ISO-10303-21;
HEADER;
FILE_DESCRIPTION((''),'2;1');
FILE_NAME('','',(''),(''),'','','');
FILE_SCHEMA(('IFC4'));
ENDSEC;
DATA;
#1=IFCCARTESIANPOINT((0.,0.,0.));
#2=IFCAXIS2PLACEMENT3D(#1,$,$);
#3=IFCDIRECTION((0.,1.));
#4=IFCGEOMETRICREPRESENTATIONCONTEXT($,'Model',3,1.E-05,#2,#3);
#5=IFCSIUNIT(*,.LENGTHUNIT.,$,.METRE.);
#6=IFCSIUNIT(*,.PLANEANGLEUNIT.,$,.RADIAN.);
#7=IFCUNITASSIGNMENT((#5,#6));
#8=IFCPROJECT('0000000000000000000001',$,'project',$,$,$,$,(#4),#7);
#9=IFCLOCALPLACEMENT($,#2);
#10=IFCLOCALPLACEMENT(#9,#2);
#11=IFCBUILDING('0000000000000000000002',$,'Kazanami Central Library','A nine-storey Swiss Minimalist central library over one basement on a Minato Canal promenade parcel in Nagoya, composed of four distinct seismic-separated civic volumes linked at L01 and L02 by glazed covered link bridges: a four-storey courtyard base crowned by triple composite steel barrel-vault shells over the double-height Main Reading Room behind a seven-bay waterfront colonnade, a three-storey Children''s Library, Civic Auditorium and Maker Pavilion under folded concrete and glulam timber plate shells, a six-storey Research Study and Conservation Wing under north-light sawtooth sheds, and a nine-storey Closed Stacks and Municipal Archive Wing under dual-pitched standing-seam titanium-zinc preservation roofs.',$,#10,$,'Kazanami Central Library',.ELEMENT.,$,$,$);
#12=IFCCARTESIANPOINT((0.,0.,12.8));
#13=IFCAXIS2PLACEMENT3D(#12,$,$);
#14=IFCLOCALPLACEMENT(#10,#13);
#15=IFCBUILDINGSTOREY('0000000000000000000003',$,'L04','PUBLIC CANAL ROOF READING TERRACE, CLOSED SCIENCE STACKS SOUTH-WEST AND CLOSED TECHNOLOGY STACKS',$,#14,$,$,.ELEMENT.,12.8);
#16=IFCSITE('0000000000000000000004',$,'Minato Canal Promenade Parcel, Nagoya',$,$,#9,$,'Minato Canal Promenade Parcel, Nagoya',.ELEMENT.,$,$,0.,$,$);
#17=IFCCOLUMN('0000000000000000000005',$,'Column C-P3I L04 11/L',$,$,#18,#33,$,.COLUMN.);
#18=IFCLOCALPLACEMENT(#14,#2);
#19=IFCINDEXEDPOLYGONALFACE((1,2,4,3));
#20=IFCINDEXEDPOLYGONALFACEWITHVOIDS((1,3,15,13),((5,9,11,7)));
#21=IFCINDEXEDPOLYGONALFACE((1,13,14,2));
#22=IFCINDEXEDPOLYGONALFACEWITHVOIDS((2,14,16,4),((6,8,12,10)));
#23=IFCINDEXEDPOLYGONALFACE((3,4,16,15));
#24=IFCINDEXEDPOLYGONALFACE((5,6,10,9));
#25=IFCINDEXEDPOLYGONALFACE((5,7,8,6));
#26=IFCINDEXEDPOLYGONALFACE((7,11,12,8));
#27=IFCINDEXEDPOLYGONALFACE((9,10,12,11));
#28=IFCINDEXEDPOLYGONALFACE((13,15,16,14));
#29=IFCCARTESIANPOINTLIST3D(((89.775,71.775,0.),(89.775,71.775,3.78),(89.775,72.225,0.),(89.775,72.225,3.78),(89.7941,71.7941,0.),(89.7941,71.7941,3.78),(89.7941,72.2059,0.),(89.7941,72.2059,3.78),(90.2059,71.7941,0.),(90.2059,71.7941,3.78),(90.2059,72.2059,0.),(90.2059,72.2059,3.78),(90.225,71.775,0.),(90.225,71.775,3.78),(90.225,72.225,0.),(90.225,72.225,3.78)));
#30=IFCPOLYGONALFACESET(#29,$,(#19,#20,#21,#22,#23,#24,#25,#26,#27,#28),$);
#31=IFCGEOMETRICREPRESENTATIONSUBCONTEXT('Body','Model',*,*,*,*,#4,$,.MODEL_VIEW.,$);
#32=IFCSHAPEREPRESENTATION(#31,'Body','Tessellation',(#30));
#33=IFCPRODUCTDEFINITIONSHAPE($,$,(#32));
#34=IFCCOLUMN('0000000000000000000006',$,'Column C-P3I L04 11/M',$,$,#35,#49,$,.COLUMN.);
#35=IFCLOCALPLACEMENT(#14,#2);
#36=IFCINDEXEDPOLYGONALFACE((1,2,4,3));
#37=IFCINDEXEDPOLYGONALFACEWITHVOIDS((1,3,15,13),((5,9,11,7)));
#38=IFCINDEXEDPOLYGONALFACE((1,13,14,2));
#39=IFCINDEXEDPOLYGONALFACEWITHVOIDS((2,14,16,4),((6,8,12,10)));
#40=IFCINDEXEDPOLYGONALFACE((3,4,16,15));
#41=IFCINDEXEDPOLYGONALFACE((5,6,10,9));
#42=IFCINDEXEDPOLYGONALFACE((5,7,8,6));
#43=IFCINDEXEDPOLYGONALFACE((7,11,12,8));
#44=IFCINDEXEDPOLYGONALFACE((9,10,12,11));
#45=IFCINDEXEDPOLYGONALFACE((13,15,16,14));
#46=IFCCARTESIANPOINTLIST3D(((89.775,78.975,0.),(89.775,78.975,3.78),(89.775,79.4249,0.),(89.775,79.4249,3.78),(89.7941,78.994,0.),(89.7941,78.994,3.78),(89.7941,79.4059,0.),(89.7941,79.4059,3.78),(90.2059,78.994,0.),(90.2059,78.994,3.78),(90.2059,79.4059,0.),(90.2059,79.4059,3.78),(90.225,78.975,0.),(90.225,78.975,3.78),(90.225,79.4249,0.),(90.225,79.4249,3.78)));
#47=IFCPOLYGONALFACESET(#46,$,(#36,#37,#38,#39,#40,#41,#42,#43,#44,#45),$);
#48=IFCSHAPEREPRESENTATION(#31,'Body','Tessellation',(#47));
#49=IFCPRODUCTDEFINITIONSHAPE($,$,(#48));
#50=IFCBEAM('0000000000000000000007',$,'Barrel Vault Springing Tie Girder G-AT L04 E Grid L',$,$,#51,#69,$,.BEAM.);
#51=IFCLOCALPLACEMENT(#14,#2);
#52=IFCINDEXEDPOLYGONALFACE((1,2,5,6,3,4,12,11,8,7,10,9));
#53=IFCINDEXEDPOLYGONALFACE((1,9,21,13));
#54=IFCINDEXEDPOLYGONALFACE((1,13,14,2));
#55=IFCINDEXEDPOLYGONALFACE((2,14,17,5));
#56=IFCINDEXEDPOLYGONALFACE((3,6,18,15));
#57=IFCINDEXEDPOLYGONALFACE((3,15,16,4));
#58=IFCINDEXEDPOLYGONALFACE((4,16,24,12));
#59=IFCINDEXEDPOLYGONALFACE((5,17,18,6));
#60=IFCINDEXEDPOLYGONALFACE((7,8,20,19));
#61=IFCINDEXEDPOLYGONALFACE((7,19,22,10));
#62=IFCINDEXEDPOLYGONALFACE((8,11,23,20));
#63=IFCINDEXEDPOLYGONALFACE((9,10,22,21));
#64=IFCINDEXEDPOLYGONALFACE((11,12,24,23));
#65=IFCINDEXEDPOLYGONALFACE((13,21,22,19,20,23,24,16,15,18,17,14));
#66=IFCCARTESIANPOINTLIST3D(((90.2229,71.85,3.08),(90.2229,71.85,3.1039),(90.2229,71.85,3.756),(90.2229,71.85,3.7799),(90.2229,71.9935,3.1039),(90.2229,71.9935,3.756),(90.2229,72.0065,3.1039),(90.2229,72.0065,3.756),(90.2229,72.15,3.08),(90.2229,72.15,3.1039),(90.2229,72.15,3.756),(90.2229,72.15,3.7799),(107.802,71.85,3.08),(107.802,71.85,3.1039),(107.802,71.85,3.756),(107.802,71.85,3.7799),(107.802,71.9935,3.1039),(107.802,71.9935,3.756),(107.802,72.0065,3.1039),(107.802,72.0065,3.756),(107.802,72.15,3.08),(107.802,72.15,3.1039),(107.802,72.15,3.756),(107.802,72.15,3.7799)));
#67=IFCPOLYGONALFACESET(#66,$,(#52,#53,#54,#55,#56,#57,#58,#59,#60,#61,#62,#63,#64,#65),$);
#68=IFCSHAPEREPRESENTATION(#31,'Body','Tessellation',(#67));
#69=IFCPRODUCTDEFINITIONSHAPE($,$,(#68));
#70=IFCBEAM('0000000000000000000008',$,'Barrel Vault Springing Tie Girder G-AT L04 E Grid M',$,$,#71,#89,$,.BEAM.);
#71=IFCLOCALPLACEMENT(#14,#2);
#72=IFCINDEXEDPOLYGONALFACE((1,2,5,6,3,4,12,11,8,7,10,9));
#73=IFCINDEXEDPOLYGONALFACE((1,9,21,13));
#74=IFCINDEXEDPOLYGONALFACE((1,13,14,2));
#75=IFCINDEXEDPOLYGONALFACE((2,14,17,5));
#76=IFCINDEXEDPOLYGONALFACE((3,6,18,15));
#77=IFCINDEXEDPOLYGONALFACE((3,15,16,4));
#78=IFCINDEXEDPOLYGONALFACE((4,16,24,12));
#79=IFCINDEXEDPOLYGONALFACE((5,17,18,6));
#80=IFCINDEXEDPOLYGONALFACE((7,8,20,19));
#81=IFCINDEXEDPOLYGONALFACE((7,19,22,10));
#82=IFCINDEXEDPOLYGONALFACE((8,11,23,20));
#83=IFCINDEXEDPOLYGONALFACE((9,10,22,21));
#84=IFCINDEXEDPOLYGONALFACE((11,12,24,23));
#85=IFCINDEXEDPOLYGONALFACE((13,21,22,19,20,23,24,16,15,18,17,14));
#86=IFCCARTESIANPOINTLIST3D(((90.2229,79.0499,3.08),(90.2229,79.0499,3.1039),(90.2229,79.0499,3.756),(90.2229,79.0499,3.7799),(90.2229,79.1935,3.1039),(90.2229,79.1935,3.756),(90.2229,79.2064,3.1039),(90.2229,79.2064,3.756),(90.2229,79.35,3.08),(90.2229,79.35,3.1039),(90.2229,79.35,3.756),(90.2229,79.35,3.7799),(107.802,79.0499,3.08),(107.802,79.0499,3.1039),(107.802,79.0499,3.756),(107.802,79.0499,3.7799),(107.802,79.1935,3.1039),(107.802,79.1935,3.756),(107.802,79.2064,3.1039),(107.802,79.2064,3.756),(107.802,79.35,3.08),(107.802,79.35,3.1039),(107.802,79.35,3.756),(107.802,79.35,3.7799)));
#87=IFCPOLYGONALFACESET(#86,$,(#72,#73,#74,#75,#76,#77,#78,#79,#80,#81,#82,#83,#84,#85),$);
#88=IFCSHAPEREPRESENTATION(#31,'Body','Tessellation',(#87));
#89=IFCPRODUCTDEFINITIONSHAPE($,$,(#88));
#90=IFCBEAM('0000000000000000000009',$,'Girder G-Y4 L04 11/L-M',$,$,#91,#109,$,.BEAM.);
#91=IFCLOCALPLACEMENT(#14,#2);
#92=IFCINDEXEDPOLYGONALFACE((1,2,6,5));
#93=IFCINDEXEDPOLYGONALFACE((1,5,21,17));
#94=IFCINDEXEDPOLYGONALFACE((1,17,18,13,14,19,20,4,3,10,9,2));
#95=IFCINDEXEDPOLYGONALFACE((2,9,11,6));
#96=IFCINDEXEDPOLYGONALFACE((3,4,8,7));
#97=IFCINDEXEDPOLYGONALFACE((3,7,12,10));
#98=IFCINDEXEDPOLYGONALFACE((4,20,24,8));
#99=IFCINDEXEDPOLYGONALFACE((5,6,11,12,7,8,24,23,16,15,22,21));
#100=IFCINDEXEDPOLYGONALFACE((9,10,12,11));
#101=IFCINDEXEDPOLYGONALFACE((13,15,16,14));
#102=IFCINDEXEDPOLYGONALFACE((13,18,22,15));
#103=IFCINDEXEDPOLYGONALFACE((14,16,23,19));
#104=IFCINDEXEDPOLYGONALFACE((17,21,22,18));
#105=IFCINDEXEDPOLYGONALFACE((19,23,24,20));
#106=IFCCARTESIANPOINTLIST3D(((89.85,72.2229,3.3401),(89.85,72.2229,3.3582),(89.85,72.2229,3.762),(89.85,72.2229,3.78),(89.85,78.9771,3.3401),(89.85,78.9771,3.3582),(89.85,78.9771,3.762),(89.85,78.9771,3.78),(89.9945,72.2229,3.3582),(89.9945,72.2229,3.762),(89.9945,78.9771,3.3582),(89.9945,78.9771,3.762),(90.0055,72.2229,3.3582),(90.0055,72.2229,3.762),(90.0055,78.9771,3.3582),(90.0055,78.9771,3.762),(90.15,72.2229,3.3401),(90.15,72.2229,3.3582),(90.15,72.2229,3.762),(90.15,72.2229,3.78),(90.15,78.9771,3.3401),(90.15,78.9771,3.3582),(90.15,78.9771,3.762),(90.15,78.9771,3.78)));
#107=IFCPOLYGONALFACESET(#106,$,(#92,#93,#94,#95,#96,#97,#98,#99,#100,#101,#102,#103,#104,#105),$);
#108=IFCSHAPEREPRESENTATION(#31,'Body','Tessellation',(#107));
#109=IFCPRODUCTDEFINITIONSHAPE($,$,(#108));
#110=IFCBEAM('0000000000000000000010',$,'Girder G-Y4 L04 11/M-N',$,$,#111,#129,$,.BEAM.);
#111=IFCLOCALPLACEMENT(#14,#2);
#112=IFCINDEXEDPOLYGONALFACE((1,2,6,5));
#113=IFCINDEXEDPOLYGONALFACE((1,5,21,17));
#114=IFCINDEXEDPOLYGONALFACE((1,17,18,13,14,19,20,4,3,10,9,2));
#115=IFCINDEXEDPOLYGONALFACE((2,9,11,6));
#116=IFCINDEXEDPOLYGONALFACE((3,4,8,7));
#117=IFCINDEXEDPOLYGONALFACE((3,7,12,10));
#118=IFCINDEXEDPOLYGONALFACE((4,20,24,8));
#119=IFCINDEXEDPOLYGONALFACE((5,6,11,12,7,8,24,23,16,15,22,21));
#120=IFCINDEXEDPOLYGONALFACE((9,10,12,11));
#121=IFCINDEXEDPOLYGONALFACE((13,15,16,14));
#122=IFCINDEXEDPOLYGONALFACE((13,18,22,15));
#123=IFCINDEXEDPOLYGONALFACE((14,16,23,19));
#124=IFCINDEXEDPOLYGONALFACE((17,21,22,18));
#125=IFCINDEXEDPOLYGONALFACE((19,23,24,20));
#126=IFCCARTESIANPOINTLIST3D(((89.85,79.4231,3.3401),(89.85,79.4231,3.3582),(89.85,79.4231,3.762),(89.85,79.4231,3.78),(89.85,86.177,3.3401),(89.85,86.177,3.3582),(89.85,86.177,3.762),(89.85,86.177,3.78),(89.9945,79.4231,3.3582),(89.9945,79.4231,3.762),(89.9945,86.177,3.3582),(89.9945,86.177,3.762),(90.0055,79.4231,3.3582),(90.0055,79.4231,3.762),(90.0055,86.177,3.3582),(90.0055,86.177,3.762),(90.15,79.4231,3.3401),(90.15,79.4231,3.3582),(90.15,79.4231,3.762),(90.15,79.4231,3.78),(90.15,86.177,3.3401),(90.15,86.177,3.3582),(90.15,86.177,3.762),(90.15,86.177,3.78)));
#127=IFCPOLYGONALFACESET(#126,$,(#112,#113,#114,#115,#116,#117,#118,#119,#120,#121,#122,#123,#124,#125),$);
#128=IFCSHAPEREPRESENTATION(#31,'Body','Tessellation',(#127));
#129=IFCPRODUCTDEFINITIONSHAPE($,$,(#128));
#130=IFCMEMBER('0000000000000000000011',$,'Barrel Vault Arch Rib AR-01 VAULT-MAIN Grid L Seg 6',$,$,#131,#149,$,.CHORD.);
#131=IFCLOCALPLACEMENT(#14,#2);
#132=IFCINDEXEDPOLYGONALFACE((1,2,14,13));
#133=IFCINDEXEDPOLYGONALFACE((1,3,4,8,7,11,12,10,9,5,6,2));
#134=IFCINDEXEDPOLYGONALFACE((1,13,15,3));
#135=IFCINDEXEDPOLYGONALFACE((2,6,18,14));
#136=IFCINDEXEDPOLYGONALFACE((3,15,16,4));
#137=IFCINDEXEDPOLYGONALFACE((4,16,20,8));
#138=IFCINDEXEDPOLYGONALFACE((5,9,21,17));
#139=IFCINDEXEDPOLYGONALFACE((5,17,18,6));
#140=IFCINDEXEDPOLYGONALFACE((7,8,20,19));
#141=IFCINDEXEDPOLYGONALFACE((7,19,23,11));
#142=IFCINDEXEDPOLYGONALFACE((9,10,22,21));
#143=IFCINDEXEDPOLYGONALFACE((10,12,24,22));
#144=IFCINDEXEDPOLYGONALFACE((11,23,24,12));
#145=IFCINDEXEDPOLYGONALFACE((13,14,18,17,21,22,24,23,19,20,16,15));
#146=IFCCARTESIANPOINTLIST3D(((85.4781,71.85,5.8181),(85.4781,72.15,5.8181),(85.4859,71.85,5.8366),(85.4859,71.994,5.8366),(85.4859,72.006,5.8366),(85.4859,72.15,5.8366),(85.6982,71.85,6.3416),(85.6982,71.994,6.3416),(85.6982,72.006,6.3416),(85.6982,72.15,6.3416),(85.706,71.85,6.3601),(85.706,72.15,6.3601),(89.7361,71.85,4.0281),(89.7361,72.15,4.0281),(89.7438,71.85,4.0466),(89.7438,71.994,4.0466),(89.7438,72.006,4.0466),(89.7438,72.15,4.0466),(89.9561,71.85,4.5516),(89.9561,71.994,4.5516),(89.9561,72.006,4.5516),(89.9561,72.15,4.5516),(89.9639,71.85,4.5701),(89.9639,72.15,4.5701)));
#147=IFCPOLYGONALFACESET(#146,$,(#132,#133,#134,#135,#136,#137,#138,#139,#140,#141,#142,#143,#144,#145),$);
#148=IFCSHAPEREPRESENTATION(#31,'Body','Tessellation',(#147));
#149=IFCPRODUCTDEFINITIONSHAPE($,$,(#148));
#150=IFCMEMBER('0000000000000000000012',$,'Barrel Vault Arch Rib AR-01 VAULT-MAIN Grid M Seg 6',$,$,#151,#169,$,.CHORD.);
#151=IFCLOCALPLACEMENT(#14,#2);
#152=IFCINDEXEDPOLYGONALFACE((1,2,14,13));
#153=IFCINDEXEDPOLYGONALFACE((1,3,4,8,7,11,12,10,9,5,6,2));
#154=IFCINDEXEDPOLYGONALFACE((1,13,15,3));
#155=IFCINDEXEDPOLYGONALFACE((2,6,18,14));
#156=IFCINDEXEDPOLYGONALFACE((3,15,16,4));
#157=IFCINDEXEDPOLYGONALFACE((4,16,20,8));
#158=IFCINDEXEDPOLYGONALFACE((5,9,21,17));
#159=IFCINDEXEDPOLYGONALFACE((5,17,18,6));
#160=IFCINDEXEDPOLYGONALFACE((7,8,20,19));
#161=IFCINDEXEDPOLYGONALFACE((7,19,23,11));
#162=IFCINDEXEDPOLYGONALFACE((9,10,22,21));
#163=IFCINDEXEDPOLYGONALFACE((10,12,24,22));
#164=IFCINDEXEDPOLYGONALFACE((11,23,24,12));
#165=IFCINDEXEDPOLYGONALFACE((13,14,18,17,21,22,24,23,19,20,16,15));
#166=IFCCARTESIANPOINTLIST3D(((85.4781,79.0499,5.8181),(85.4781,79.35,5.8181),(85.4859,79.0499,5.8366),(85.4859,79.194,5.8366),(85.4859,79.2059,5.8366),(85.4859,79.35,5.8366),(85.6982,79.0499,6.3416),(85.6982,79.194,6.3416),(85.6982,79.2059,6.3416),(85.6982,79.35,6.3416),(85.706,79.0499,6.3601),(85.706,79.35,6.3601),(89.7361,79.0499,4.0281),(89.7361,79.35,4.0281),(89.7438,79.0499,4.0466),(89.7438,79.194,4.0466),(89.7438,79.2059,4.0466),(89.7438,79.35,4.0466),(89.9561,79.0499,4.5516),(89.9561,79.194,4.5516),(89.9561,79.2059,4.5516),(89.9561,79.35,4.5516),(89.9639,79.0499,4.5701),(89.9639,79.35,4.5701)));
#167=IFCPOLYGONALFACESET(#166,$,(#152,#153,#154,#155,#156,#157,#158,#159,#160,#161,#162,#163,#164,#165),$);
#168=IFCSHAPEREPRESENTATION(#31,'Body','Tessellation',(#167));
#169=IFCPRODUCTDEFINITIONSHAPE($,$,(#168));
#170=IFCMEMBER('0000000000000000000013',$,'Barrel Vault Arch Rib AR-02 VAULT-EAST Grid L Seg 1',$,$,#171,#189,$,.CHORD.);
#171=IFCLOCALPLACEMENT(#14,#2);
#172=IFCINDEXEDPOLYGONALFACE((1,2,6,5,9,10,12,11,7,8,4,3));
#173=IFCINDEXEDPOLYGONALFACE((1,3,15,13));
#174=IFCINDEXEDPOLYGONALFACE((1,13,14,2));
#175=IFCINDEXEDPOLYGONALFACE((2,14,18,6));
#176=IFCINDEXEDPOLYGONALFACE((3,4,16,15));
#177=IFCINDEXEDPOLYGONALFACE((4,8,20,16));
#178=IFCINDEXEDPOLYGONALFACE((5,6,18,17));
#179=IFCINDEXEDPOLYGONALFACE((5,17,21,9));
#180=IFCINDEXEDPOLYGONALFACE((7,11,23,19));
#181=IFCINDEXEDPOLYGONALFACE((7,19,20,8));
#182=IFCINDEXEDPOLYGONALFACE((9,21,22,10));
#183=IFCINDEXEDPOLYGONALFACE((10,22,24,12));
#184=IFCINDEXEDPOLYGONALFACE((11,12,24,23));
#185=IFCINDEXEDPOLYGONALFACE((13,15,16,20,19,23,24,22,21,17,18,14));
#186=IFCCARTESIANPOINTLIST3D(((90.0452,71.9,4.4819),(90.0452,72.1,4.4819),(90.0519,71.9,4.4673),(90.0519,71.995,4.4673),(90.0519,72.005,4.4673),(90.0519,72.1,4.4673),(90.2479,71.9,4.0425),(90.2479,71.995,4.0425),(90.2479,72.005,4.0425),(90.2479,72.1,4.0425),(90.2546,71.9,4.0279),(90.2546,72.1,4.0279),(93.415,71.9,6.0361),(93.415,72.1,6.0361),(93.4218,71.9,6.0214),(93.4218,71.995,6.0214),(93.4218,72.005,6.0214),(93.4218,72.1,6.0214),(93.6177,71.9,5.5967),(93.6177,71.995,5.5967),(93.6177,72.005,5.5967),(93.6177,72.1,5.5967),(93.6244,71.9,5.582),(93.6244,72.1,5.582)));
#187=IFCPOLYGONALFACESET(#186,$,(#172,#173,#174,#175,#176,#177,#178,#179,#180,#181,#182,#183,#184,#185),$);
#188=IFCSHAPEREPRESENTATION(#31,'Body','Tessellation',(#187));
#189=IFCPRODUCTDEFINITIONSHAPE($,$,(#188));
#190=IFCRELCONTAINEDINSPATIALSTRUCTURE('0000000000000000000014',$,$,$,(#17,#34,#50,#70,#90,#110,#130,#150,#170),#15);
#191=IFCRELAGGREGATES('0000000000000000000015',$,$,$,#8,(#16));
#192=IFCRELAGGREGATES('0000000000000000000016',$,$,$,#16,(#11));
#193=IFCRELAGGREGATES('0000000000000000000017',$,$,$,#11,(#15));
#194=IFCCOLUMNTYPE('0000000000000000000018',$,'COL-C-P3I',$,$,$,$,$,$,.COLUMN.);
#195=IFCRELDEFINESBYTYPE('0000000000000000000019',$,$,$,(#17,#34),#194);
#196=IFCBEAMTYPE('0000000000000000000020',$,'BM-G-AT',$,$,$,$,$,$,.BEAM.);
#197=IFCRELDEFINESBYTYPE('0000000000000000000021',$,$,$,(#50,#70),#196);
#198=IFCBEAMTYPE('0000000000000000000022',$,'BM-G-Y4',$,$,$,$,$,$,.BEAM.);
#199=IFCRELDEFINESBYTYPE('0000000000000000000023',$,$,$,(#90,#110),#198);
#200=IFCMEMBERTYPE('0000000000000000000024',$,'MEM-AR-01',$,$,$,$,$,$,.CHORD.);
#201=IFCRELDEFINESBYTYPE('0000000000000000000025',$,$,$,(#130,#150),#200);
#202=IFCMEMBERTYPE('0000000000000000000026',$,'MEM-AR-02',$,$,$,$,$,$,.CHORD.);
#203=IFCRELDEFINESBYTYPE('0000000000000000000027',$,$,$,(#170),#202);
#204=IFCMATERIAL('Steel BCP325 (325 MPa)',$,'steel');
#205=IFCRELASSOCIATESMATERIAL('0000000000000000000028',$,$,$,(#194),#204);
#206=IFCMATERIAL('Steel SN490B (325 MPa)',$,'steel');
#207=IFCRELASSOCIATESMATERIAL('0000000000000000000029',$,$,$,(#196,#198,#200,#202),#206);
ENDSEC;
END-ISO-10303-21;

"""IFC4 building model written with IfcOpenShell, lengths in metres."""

from ifc_helpers import new_model, si_unit, direction, frame, origin, origin_2d, place, context, subcontext, project, spatial, hollow_rectangle, i_section, extrude, material, material_profile, profile_set, type_object, element, save


model = new_model("IFC4")

# Units and contexts
model_context = context("Model", 3, precision=1e-05, world=origin(), true_north=direction((0.0, 1.0)))
body_context = subcontext(model_context, "Body", "Model", "MODEL_VIEW")
ifc_project = project(units=[si_unit("LENGTHUNIT", "METRE"), si_unit("PLANEANGLEUNIT", "RADIAN")], contexts=[model_context])

# Site, building, storey
site_placement = place(None, origin())
site = spatial("IfcSite", under=ifc_project, at=site_placement, Name="Minato Canal Promenade Parcel, Nagoya", LongName="Minato Canal Promenade Parcel, Nagoya", CompositionType="ELEMENT", RefElevation=0.0)
building_placement = place(site_placement, origin())
building = spatial("IfcBuilding", under=site, at=building_placement, Name="Kazanami Central Library", Description="A nine-storey Swiss Minimalist central library over one basement on a Minato Canal promenade parcel in Nagoya, composed of four distinct seismic-separated civic volumes linked at L01 and L02 by glazed covered link bridges: a four-storey courtyard base crowned by triple composite steel barrel-vault shells over the double-height Main Reading Room behind a seven-bay waterfront colonnade, a three-storey Children's Library, Civic Auditorium and Maker Pavilion under folded concrete and glulam timber plate shells, a six-storey Research Study and Conservation Wing under north-light sawtooth sheds, and a nine-storey Closed Stacks and Municipal Archive Wing under dual-pitched standing-seam titanium-zinc preservation roofs.", LongName="Kazanami Central Library", CompositionType="ELEMENT")
storey_placement = place(building_placement, frame((0.0, 0.0, 12.8)))
storey = spatial("IfcBuildingStorey", under=building, at=storey_placement, Name="L04", Description="PUBLIC CANAL ROOF READING TERRACE, CLOSED SCIENCE STACKS SOUTH-WEST AND CLOSED TECHNOLOGY STACKS", CompositionType="ELEMENT", Elevation=12.8)

# Columns
ifc_material_1 = material(Name="Steel BCP325 (325 MPa)", Category="steel")
ifc_material_profile_1 = material_profile(ifc_material_1, hollow_rectangle(XDim=0.45, YDim=0.45, WallThickness=0.019, at=origin_2d()), Name="BCP-450x450x19")
ifc_profile_set_1 = profile_set([ifc_material_profile_1], Name="Steel BCP325 (325 MPa)")
column_type = type_object("IfcColumnType", Name="COL-C-P3I", PredefinedType="COLUMN", material=ifc_profile_set_1)
for number, where, z_axis, x_axis, name in (
    (1, (90.0, 72.0, 0.0), (0.0, 0.0, 1.0), (1.0, 0.0, 0.0), "Column C-P3I L04 11/L"),
    (2, (90.0, 79.2, 0.0), (0.0, 0.0, 1.0), (1.0, 0.0, 0.0), "Column C-P3I L04 11/M"),
):
    element("IfcColumn", number, at=place(storey_placement, frame(where, z_axis=z_axis, x_axis=x_axis)), inside=storey, type_object=column_type, Name=name, PredefinedType="COLUMN", context=body_context, shape_type="SweptSolid", body=[
        extrude(hollow_rectangle(XDim=0.45, YDim=0.45, WallThickness=0.019, at=origin_2d()), origin(), (0.0, 0.0, 1.0), 3.78),
    ])

# Beams
ifc_material_2 = material(Name="Steel SN490B (325 MPa)", Category="steel")
ifc_material_profile_2 = material_profile(ifc_material_2, i_section(OverallWidth=0.3, OverallDepth=0.7, WebThickness=0.0129, FlangeThickness=0.0239, at=origin_2d()), Name="H-700x300x13x24")
ifc_profile_set_2 = profile_set([ifc_material_profile_2], Name="Steel SN490B (325 MPa)")
beam_type_1 = type_object("IfcBeamType", Name="BM-G-AT", PredefinedType="BEAM", material=ifc_profile_set_2)
for number, where, z_axis, x_axis, name in (
    (3, (90.2229, 72.0, 3.4299), (1.0, 0.0, 0.0), (0.0, 1.0, 0.0), "Barrel Vault Springing Tie Girder G-AT L04 E Grid L"),
    (4, (90.2229, 79.2, 3.4299), (1.0, 0.0, 0.0), (0.0, 1.0, 0.0), "Barrel Vault Springing Tie Girder G-AT L04 E Grid M"),
):
    element("IfcBeam", number, at=place(storey_placement, frame(where, z_axis=z_axis, x_axis=x_axis)), inside=storey, type_object=beam_type_1, Name=name, PredefinedType="BEAM", context=body_context, shape_type="SweptSolid", body=[
        extrude(i_section(OverallWidth=0.3, OverallDepth=0.7, WebThickness=0.0129, FlangeThickness=0.0239, at=origin_2d()), origin(), (0.0, 0.0, 1.0), 17.5791),
    ])
ifc_material_profile_3 = material_profile(ifc_material_2, i_section(OverallWidth=0.3, OverallDepth=0.4399, WebThickness=0.011, FlangeThickness=0.0181, at=origin_2d()), Name="H-440x300x11x18")
ifc_profile_set_3 = profile_set([ifc_material_profile_3], Name="Steel SN490B (325 MPa)")
beam_type_2 = type_object("IfcBeamType", Name="BM-G-Y4", PredefinedType="BEAM", material=ifc_profile_set_3)
beam_1_placement = place(storey_placement, frame((90.0, 72.2229, 3.5601), z_axis=(0.0, 1.0, 0.0), x_axis=(-1.0, 0.0, 0.0)))
element("IfcBeam", 5, at=beam_1_placement, inside=storey, type_object=beam_type_2, Name="Girder G-Y4 L04 11/L-M", PredefinedType="BEAM", context=body_context, shape_type="SweptSolid", body=[
    extrude(i_section(OverallWidth=0.3, OverallDepth=0.4399, WebThickness=0.011, FlangeThickness=0.0181, at=origin_2d()), origin(), (0.0, 0.0, 1.0), 6.7542),
])
beam_2_placement = place(storey_placement, frame((90.0, 79.4231, 3.5601), z_axis=(0.0, 1.0, 0.0), x_axis=(-1.0, 0.0, 0.0)))
element("IfcBeam", 6, at=beam_2_placement, inside=storey, type_object=beam_type_2, Name="Girder G-Y4 L04 11/M-N", PredefinedType="BEAM", context=body_context, shape_type="SweptSolid", body=[
    extrude(i_section(OverallWidth=0.3, OverallDepth=0.4399, WebThickness=0.011, FlangeThickness=0.0181, at=origin_2d()), origin(), (0.0, 0.0, 1.0), 6.7539),
])

# Members
ifc_material_profile_4 = material_profile(ifc_material_2, i_section(OverallWidth=0.3, OverallDepth=0.5879, WebThickness=0.012, FlangeThickness=0.02, at=origin_2d()), Name="H-588x300x12x20")
ifc_profile_set_4 = profile_set([ifc_material_profile_4], Name="Steel SN490B (325 MPa)")
member_type_1 = type_object("IfcMemberType", Name="MEM-AR-01", PredefinedType="CHORD", material=ifc_profile_set_4)
for number, where, z_axis, x_axis, name in (
    (7, (85.592, 72.0, 6.0891), (0.921854, 0.0, -0.387537), (0.0, 1.0, 0.0), "Barrel Vault Arch Rib AR-01 VAULT-MAIN Grid L Seg 6"),
    (8, (85.592, 79.2, 6.0891), (0.921854, 0.0, -0.387537), (0.0, 1.0, 0.0), "Barrel Vault Arch Rib AR-01 VAULT-MAIN Grid M Seg 6"),
):
    element("IfcMember", number, at=place(storey_placement, frame(where, z_axis=z_axis, x_axis=x_axis)), inside=storey, type_object=member_type_1, Name=name, PredefinedType="CHORD", context=body_context, shape_type="SweptSolid", body=[
        extrude(i_section(OverallWidth=0.3, OverallDepth=0.5879, WebThickness=0.012, FlangeThickness=0.02, at=origin_2d()), origin(), (0.0, 0.0, 1.0), 4.6189),
    ])
ifc_material_profile_5 = material_profile(ifc_material_2, i_section(OverallWidth=0.2, OverallDepth=0.5, WebThickness=0.01, FlangeThickness=0.0161, at=origin_2d()), Name="H-500x200x10x16")
ifc_profile_set_5 = profile_set([ifc_material_profile_5], Name="Steel SN490B (325 MPa)")
member_type_2 = type_object("IfcMemberType", Name="MEM-AR-02", PredefinedType="CHORD", material=ifc_profile_set_5)
for number, where, z_axis, x_axis, name in (
    (9, (90.1499, 72.0, 4.2549), (0.908075, 0.0, 0.418808), (0.0, 1.0, 0.0), "Barrel Vault Arch Rib AR-02 VAULT-EAST Grid L Seg 1"),
):
    element("IfcMember", number, at=place(storey_placement, frame(where, z_axis=z_axis, x_axis=x_axis)), inside=storey, type_object=member_type_2, Name=name, PredefinedType="CHORD", context=body_context, shape_type="SweptSolid", body=[
        extrude(i_section(OverallWidth=0.2, OverallDepth=0.5, WebThickness=0.01, FlangeThickness=0.0161, at=origin_2d()), origin(), (0.0, 0.0, 1.0), 3.7109),
    ])

save(model, "model.ifc")
